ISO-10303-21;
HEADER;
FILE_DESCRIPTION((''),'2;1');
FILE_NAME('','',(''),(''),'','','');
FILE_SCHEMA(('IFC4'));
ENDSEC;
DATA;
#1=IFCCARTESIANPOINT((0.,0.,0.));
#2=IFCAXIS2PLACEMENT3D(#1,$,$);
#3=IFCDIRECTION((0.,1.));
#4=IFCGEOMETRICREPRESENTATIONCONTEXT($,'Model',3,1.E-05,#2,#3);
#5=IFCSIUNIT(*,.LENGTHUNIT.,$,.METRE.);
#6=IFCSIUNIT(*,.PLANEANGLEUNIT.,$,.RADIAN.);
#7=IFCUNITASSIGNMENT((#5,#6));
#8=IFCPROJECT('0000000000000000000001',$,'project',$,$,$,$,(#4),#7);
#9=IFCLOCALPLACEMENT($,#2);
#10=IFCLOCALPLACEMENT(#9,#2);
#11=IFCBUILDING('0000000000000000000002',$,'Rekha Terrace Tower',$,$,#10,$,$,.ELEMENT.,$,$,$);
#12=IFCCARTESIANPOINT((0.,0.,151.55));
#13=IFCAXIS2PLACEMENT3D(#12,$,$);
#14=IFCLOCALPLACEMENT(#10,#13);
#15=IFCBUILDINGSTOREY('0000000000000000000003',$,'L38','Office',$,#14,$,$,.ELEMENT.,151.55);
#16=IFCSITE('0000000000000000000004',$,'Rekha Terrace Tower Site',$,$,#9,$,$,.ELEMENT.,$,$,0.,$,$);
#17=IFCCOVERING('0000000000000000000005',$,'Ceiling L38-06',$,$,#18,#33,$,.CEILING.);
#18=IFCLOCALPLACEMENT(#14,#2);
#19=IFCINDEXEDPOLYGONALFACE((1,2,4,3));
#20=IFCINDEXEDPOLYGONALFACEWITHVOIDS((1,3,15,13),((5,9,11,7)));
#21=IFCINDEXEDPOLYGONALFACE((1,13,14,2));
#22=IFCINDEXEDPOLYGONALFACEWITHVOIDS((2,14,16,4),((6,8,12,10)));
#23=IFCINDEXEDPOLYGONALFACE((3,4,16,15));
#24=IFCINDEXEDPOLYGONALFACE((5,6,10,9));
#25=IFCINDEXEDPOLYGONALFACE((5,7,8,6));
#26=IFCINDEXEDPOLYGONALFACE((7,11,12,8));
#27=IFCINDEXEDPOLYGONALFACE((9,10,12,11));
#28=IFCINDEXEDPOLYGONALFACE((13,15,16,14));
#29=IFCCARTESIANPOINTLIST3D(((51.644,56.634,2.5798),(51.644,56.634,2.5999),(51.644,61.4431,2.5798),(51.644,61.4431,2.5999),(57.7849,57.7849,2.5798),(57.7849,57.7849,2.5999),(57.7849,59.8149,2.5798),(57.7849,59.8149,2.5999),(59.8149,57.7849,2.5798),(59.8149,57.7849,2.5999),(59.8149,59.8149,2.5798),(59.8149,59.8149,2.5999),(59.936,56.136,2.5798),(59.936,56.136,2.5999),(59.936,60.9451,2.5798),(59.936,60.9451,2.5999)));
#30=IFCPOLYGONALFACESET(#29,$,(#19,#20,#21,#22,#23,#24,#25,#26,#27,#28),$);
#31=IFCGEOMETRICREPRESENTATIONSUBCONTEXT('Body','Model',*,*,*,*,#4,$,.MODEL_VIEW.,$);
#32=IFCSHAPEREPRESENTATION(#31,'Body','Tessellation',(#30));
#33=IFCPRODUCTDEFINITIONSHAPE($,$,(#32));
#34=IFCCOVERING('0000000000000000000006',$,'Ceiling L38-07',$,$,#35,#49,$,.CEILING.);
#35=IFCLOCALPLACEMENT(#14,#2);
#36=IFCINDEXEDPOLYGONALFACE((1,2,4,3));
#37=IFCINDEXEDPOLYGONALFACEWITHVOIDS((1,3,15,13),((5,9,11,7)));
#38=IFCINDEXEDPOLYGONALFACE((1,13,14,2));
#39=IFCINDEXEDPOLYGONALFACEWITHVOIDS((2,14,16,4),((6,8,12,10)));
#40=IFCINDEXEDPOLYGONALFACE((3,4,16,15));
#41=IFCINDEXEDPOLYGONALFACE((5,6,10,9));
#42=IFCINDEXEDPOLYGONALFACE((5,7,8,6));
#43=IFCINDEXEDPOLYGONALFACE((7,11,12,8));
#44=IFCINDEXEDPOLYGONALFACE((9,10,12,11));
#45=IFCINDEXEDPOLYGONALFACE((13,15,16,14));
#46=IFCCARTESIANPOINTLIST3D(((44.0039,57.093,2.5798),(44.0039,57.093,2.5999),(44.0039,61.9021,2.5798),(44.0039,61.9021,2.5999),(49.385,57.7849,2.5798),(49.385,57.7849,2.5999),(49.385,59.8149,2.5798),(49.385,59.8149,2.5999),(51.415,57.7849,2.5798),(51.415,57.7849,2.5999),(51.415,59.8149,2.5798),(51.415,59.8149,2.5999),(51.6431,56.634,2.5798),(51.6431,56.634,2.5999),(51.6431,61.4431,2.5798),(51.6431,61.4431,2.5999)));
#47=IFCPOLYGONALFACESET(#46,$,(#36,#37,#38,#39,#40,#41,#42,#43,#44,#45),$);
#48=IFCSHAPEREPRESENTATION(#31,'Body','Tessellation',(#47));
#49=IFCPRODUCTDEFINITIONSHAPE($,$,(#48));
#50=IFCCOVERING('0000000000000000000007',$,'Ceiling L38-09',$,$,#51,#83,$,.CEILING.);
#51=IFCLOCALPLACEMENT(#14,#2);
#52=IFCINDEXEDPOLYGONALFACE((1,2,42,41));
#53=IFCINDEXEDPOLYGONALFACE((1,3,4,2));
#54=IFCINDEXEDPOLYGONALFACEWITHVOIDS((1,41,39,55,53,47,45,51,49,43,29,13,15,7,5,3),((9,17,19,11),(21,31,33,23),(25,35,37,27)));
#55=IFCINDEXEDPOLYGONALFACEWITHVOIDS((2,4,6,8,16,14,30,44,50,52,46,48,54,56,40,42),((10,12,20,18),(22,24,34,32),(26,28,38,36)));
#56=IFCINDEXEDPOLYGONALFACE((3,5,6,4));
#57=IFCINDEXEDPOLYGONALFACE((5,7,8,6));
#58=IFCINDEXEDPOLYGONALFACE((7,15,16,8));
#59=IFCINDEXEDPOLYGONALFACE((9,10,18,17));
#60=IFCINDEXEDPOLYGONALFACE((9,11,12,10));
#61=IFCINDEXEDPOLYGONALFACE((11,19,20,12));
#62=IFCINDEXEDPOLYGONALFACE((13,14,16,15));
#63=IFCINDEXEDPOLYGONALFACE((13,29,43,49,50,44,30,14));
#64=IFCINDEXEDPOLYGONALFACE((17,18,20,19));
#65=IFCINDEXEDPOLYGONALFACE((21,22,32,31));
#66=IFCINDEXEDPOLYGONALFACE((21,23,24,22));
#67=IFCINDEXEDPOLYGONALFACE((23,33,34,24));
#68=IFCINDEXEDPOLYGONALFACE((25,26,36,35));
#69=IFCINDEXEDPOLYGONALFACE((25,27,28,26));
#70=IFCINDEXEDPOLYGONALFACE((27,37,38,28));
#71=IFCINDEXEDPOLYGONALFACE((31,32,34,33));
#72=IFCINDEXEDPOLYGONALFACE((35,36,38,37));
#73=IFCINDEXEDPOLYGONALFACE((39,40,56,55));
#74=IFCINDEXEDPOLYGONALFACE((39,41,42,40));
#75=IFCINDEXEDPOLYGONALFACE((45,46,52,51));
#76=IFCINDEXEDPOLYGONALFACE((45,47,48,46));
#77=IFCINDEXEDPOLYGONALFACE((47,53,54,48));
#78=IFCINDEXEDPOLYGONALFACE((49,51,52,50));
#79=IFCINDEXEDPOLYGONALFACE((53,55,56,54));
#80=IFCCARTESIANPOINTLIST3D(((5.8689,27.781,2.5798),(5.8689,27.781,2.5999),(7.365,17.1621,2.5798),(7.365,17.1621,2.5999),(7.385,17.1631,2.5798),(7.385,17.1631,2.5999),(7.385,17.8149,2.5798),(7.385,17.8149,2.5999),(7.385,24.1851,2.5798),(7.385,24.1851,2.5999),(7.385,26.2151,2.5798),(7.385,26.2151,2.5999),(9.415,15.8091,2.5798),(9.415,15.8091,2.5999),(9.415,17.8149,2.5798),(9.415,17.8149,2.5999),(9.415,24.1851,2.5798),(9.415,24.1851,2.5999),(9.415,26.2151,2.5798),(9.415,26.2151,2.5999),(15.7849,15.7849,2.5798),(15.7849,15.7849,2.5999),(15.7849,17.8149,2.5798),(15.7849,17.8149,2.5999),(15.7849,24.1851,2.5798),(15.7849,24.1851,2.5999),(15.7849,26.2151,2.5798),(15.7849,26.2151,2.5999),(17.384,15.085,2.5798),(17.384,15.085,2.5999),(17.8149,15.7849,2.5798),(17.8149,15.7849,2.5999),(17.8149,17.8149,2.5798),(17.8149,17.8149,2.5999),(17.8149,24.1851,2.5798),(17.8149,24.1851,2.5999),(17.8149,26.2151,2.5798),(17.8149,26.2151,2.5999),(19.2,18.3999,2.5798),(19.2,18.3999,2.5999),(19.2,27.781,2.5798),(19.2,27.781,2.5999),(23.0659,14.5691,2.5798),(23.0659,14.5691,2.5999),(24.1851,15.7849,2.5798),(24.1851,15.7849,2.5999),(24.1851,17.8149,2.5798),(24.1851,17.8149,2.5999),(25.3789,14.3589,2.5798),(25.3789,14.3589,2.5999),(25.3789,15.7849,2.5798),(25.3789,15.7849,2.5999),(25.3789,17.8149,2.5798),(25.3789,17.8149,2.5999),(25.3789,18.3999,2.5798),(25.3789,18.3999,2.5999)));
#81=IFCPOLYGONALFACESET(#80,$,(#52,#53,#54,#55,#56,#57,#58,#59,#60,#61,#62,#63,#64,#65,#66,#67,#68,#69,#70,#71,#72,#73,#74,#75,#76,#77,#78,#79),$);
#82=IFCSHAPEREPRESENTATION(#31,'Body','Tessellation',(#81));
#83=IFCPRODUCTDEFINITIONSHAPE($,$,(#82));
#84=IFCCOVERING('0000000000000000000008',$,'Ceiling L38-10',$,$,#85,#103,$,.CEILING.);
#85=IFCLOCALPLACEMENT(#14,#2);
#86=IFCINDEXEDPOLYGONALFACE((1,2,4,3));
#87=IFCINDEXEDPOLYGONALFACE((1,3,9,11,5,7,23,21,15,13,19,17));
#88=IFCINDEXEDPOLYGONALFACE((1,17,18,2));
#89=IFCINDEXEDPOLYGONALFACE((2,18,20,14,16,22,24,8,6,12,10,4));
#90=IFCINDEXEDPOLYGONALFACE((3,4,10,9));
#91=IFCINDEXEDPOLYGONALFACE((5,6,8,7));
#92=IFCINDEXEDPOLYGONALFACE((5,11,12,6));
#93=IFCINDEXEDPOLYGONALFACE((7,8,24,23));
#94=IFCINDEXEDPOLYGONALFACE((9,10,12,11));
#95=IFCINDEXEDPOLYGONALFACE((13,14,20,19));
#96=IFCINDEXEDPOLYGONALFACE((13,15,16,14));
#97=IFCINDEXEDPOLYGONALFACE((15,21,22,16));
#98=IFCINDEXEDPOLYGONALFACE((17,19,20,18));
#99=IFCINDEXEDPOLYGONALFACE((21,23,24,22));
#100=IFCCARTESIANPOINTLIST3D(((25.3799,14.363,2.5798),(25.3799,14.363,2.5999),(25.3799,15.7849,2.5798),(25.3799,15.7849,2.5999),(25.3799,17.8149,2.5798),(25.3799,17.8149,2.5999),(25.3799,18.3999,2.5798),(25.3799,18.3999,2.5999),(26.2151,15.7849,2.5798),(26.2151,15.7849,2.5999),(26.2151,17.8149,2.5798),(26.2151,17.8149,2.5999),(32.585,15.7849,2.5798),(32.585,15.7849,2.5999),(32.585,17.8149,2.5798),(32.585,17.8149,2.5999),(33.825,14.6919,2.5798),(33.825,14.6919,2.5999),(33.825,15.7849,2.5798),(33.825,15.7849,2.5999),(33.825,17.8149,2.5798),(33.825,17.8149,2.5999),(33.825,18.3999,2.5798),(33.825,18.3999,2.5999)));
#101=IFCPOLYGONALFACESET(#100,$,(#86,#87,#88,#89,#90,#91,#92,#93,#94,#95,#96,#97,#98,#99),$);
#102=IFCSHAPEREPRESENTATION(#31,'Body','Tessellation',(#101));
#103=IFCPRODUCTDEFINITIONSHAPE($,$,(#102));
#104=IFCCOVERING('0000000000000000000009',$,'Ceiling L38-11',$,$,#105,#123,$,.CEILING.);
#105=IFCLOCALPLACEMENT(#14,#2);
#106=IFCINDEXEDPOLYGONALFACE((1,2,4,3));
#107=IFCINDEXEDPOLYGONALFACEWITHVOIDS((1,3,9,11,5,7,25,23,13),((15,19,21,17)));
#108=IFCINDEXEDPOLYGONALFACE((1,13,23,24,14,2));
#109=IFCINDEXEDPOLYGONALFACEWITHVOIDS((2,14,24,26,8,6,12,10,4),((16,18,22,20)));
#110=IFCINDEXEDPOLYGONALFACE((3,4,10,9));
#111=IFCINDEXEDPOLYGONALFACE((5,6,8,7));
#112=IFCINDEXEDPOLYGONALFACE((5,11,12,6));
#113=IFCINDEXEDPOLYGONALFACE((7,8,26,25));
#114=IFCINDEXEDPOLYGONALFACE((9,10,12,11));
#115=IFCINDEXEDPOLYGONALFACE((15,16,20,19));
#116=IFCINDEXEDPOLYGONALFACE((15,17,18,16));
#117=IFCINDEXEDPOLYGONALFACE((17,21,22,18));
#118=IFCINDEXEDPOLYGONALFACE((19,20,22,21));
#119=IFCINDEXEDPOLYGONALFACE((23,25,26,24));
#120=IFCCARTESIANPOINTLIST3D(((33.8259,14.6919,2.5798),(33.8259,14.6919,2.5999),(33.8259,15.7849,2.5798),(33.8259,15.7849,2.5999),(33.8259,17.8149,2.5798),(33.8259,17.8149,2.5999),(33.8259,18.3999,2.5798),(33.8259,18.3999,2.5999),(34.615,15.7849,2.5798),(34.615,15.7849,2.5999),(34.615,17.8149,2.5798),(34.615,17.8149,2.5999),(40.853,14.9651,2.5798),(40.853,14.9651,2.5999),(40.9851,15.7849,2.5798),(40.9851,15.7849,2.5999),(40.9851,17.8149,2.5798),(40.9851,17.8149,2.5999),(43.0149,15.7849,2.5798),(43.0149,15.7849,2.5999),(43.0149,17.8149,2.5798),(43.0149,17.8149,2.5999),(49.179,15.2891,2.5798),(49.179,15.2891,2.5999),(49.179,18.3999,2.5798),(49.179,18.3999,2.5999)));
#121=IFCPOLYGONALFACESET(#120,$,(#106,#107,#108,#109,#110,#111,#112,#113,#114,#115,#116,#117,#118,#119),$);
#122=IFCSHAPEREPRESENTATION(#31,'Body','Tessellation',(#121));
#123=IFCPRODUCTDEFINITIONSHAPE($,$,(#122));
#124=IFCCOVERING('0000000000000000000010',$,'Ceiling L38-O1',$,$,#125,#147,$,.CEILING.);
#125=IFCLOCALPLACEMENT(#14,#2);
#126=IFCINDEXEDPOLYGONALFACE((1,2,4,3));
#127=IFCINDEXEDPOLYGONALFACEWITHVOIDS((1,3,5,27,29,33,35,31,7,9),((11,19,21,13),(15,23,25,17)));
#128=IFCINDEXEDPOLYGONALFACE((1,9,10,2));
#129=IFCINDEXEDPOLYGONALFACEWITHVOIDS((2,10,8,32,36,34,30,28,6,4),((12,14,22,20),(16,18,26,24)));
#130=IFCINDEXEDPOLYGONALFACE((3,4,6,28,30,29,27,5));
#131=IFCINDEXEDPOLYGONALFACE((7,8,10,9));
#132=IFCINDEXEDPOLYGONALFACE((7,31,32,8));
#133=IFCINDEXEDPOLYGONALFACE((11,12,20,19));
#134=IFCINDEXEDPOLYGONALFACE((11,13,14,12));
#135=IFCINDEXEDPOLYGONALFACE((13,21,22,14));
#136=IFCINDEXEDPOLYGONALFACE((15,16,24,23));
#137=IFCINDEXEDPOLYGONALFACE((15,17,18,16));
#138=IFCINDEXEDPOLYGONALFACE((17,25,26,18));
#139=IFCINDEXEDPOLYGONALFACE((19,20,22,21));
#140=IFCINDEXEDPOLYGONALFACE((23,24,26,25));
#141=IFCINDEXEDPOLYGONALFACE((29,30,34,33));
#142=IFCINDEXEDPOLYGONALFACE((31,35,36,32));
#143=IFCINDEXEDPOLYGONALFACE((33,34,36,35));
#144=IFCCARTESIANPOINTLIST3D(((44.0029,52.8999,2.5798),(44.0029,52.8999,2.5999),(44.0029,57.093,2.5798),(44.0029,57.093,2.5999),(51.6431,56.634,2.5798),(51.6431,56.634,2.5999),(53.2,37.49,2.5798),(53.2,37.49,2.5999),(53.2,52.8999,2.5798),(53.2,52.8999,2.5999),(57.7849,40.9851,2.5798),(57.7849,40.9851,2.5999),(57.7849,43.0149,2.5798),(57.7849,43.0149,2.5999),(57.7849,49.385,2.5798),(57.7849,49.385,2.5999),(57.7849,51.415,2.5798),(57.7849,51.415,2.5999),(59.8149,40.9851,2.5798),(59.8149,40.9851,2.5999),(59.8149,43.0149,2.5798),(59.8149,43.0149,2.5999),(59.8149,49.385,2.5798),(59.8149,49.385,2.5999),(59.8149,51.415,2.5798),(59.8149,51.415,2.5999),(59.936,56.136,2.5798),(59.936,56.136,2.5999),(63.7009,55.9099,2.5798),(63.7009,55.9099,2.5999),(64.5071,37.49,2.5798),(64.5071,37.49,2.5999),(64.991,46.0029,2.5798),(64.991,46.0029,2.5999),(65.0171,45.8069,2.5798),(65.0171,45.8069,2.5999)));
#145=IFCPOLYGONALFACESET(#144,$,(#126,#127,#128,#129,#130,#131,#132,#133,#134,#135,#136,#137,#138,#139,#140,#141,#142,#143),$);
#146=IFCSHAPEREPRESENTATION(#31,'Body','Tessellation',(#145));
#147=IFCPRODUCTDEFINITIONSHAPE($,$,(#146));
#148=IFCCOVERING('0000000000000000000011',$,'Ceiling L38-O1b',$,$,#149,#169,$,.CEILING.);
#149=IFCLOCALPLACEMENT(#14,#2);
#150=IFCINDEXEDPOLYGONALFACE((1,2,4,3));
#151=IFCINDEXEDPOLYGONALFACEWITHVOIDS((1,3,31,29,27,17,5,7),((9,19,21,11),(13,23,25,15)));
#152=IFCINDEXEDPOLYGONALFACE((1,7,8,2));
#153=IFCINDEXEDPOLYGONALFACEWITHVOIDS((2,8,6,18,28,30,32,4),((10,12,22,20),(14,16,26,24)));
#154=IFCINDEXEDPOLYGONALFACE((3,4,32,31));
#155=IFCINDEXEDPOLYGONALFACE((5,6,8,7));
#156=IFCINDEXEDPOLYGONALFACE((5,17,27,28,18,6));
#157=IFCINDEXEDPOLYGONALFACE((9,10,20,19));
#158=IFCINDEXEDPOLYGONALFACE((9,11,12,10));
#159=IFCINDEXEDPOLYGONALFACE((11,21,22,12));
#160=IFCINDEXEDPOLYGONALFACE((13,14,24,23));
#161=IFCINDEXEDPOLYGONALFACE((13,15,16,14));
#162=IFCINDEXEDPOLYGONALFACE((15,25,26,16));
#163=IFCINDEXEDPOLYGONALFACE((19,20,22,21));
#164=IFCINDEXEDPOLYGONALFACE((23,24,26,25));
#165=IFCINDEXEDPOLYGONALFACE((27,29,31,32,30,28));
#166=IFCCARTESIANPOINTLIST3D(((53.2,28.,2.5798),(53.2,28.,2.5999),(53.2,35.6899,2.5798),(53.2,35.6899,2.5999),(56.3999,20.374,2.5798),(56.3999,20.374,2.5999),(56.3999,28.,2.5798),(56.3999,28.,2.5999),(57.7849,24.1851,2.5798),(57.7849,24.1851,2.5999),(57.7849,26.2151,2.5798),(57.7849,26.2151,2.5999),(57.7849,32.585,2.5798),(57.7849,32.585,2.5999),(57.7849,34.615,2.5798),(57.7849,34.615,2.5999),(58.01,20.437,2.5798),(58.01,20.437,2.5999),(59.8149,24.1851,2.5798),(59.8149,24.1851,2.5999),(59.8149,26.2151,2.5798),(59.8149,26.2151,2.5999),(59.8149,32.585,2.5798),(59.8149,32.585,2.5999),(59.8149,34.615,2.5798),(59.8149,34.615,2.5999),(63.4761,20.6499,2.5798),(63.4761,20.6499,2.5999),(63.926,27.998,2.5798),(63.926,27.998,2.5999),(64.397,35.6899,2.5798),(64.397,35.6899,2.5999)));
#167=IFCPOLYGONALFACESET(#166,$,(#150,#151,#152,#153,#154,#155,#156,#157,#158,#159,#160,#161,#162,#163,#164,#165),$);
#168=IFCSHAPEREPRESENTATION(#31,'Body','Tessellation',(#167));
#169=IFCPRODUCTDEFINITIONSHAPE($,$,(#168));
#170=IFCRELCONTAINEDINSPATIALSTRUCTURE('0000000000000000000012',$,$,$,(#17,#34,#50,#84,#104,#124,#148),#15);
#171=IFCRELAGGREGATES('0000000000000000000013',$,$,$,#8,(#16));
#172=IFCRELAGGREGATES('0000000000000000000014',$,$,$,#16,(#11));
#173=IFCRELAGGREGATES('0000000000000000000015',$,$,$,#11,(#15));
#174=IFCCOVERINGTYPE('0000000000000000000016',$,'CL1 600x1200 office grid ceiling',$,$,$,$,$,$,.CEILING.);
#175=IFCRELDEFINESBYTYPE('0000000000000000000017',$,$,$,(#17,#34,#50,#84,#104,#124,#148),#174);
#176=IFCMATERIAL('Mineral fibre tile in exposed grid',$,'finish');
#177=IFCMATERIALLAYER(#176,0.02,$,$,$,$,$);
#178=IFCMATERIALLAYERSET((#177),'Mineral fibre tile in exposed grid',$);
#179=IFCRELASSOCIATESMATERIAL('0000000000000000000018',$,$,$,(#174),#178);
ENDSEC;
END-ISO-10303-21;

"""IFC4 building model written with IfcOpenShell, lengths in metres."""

from ifc_helpers import new_model, si_unit, direction, frame, origin, place, context, subcontext, project, spatial, polyline, outline, extrude, material, layer, layer_set, type_object, element, save


model = new_model("IFC4")

# Units and contexts
model_context = context("Model", 3, precision=1e-05, world=origin(), true_north=direction((0.0, 1.0)))
body_context = subcontext(model_context, "Body", "Model", "MODEL_VIEW")
ifc_project = project(units=[si_unit("LENGTHUNIT", "METRE"), si_unit("PLANEANGLEUNIT", "RADIAN")], contexts=[model_context])

# Site, building, storey
site_placement = place(None, origin())
site = spatial("IfcSite", under=ifc_project, at=site_placement, Name="Rekha Terrace Tower Site", CompositionType="ELEMENT", RefElevation=0.0)
building_placement = place(site_placement, origin())
building = spatial("IfcBuilding", under=site, at=building_placement, Name="Rekha Terrace Tower", CompositionType="ELEMENT")
storey_placement = place(building_placement, frame((0.0, 0.0, 151.55)))
storey = spatial("IfcBuildingStorey", under=building, at=storey_placement, Name="L38", Description="Office", CompositionType="ELEMENT", Elevation=151.55)

# Coverings
ifc_material_1 = material(Name="Mineral fibre tile in exposed grid", Category="finish")
ifc_layer_1 = layer(ifc_material_1, 0.02)
ifc_layer_set_1 = layer_set([ifc_layer_1], Name="Mineral fibre tile in exposed grid")
covering_type_1 = type_object("IfcCoveringType", Name="CL1 600x1200 office grid ceiling", PredefinedType="CEILING", material=ifc_layer_set_1)
covering_1_placement = place(storey_placement, frame((0.0, 0.0, 2.5798)))
element("IfcCovering", 1, at=covering_1_placement, inside=storey, type_object=covering_type_1, Name="Ceiling L38-06", PredefinedType="CEILING", context=body_context, shape_type="SweptSolid", body=[
    extrude(outline(polyline([(59.936, 56.136), (59.936, 60.9451), (51.644, 61.4431), (51.644, 56.634), (59.936, 56.136)]), holes=[polyline([(59.8149, 57.7849), (57.7849, 57.7849), (57.7849, 59.8149), (59.8149, 59.8149), (59.8149, 57.7849)])]), origin(), (0.0, 0.0, 1.0), 0.02),
])
covering_2_placement = place(storey_placement, frame((0.0, 0.0, 2.5798)))
element("IfcCovering", 2, at=covering_2_placement, inside=storey, type_object=covering_type_1, Name="Ceiling L38-07", PredefinedType="CEILING", context=body_context, shape_type="SweptSolid", body=[
    extrude(outline(polyline([(51.6431, 56.634), (51.6431, 61.4431), (44.0039, 61.9021), (44.0039, 57.093), (51.6431, 56.634)]), holes=[polyline([(51.415, 57.7849), (49.385, 57.7849), (49.385, 59.8149), (51.415, 59.8149), (51.415, 57.7849)])]), origin(), (0.0, 0.0, 1.0), 0.02),
])
covering_3_placement = place(storey_placement, frame((0.0, 0.0, 2.5798)))
element("IfcCovering", 3, at=covering_3_placement, inside=storey, type_object=covering_type_1, Name="Ceiling L38-09", PredefinedType="CEILING", context=body_context, shape_type="SweptSolid", body=[
    extrude(outline(polyline([(25.3789, 18.3999), (19.2, 18.3999), (19.2, 27.781), (5.8689, 27.781), (7.365, 17.1621), (7.385, 17.1631), (7.385, 17.8149), (9.415, 17.8149), (9.415, 15.8091), (17.384, 15.085), (23.0659, 14.5691), (25.3789, 14.3589), (25.3789, 15.7849), (24.1851, 15.7849), (24.1851, 17.8149), (25.3789, 17.8149), (25.3789, 18.3999)]), holes=[polyline([(17.8149, 15.7849), (15.7849, 15.7849), (15.7849, 17.8149), (17.8149, 17.8149), (17.8149, 15.7849)]), polyline([(17.8149, 26.2151), (17.8149, 24.1851), (15.7849, 24.1851), (15.7849, 26.2151), (17.8149, 26.2151)]), polyline([(9.415, 24.1851), (7.385, 24.1851), (7.385, 26.2151), (9.415, 26.2151), (9.415, 24.1851)])]), origin(), (0.0, 0.0, 1.0), 0.02),
])
covering_4_placement = place(storey_placement, frame((0.0, 0.0, 2.5798)))
element("IfcCovering", 4, at=covering_4_placement, inside=storey, type_object=covering_type_1, Name="Ceiling L38-10", PredefinedType="CEILING", context=body_context, shape_type="SweptSolid", body=[
    extrude(outline(polyline([(25.3799, 15.7849), (25.3799, 14.363), (33.825, 14.6919), (33.825, 15.7849), (32.585, 15.7849), (32.585, 17.8149), (33.825, 17.8149), (33.825, 18.3999), (25.3799, 18.3999), (25.3799, 17.8149), (26.2151, 17.8149), (26.2151, 15.7849), (25.3799, 15.7849)])), origin(), (0.0, 0.0, 1.0), 0.02),
])
covering_5_placement = place(storey_placement, frame((0.0, 0.0, 2.5798)))
element("IfcCovering", 5, at=covering_5_placement, inside=storey, type_object=covering_type_1, Name="Ceiling L38-11", PredefinedType="CEILING", context=body_context, shape_type="SweptSolid", body=[
    extrude(outline(polyline([(34.615, 15.7849), (33.8259, 15.7849), (33.8259, 14.6919), (40.853, 14.9651), (49.179, 15.2891), (49.179, 18.3999), (33.8259, 18.3999), (33.8259, 17.8149), (34.615, 17.8149), (34.615, 15.7849)]), holes=[polyline([(43.0149, 17.8149), (43.0149, 15.7849), (40.9851, 15.7849), (40.9851, 17.8149), (43.0149, 17.8149)])]), origin(), (0.0, 0.0, 1.0), 0.02),
])
covering_6_placement = place(storey_placement, frame((0.0, 0.0, 2.5798)))
element("IfcCovering", 6, at=covering_6_placement, inside=storey, type_object=covering_type_1, Name="Ceiling L38-O1", PredefinedType="CEILING", context=body_context, shape_type="SweptSolid", body=[
    extrude(outline(polyline([(51.6431, 56.634), (44.0029, 57.093), (44.0029, 52.8999), (53.2, 52.8999), (53.2, 37.49), (64.5071, 37.49), (65.0171, 45.8069), (64.991, 46.0029), (63.7009, 55.9099), (59.936, 56.136), (51.6431, 56.634)]), holes=[polyline([(59.8149, 40.9851), (57.7849, 40.9851), (57.7849, 43.0149), (59.8149, 43.0149), (59.8149, 40.9851)]), polyline([(59.8149, 49.385), (57.7849, 49.385), (57.7849, 51.415), (59.8149, 51.415), (59.8149, 49.385)])]), origin(), (0.0, 0.0, 1.0), 0.02),
])
covering_7_placement = place(storey_placement, frame((0.0, 0.0, 2.5798)))
element("IfcCovering", 7, at=covering_7_placement, inside=storey, type_object=covering_type_1, Name="Ceiling L38-O1b", PredefinedType="CEILING", context=body_context, shape_type="SweptSolid", body=[
    extrude(outline(polyline([(56.3999, 20.374), (58.01, 20.437), (63.4761, 20.6499), (63.926, 27.998), (64.397, 35.6899), (53.2, 35.6899), (53.2, 28.0), (56.3999, 28.0), (56.3999, 20.374)]), holes=[polyline([(59.8149, 26.2151), (59.8149, 24.1851), (57.7849, 24.1851), (57.7849, 26.2151), (59.8149, 26.2151)]), polyline([(59.8149, 32.585), (57.7849, 32.585), (57.7849, 34.615), (59.8149, 34.615), (59.8149, 32.585)])]), origin(), (0.0, 0.0, 1.0), 0.02),
])

save(model, "model.ifc")
